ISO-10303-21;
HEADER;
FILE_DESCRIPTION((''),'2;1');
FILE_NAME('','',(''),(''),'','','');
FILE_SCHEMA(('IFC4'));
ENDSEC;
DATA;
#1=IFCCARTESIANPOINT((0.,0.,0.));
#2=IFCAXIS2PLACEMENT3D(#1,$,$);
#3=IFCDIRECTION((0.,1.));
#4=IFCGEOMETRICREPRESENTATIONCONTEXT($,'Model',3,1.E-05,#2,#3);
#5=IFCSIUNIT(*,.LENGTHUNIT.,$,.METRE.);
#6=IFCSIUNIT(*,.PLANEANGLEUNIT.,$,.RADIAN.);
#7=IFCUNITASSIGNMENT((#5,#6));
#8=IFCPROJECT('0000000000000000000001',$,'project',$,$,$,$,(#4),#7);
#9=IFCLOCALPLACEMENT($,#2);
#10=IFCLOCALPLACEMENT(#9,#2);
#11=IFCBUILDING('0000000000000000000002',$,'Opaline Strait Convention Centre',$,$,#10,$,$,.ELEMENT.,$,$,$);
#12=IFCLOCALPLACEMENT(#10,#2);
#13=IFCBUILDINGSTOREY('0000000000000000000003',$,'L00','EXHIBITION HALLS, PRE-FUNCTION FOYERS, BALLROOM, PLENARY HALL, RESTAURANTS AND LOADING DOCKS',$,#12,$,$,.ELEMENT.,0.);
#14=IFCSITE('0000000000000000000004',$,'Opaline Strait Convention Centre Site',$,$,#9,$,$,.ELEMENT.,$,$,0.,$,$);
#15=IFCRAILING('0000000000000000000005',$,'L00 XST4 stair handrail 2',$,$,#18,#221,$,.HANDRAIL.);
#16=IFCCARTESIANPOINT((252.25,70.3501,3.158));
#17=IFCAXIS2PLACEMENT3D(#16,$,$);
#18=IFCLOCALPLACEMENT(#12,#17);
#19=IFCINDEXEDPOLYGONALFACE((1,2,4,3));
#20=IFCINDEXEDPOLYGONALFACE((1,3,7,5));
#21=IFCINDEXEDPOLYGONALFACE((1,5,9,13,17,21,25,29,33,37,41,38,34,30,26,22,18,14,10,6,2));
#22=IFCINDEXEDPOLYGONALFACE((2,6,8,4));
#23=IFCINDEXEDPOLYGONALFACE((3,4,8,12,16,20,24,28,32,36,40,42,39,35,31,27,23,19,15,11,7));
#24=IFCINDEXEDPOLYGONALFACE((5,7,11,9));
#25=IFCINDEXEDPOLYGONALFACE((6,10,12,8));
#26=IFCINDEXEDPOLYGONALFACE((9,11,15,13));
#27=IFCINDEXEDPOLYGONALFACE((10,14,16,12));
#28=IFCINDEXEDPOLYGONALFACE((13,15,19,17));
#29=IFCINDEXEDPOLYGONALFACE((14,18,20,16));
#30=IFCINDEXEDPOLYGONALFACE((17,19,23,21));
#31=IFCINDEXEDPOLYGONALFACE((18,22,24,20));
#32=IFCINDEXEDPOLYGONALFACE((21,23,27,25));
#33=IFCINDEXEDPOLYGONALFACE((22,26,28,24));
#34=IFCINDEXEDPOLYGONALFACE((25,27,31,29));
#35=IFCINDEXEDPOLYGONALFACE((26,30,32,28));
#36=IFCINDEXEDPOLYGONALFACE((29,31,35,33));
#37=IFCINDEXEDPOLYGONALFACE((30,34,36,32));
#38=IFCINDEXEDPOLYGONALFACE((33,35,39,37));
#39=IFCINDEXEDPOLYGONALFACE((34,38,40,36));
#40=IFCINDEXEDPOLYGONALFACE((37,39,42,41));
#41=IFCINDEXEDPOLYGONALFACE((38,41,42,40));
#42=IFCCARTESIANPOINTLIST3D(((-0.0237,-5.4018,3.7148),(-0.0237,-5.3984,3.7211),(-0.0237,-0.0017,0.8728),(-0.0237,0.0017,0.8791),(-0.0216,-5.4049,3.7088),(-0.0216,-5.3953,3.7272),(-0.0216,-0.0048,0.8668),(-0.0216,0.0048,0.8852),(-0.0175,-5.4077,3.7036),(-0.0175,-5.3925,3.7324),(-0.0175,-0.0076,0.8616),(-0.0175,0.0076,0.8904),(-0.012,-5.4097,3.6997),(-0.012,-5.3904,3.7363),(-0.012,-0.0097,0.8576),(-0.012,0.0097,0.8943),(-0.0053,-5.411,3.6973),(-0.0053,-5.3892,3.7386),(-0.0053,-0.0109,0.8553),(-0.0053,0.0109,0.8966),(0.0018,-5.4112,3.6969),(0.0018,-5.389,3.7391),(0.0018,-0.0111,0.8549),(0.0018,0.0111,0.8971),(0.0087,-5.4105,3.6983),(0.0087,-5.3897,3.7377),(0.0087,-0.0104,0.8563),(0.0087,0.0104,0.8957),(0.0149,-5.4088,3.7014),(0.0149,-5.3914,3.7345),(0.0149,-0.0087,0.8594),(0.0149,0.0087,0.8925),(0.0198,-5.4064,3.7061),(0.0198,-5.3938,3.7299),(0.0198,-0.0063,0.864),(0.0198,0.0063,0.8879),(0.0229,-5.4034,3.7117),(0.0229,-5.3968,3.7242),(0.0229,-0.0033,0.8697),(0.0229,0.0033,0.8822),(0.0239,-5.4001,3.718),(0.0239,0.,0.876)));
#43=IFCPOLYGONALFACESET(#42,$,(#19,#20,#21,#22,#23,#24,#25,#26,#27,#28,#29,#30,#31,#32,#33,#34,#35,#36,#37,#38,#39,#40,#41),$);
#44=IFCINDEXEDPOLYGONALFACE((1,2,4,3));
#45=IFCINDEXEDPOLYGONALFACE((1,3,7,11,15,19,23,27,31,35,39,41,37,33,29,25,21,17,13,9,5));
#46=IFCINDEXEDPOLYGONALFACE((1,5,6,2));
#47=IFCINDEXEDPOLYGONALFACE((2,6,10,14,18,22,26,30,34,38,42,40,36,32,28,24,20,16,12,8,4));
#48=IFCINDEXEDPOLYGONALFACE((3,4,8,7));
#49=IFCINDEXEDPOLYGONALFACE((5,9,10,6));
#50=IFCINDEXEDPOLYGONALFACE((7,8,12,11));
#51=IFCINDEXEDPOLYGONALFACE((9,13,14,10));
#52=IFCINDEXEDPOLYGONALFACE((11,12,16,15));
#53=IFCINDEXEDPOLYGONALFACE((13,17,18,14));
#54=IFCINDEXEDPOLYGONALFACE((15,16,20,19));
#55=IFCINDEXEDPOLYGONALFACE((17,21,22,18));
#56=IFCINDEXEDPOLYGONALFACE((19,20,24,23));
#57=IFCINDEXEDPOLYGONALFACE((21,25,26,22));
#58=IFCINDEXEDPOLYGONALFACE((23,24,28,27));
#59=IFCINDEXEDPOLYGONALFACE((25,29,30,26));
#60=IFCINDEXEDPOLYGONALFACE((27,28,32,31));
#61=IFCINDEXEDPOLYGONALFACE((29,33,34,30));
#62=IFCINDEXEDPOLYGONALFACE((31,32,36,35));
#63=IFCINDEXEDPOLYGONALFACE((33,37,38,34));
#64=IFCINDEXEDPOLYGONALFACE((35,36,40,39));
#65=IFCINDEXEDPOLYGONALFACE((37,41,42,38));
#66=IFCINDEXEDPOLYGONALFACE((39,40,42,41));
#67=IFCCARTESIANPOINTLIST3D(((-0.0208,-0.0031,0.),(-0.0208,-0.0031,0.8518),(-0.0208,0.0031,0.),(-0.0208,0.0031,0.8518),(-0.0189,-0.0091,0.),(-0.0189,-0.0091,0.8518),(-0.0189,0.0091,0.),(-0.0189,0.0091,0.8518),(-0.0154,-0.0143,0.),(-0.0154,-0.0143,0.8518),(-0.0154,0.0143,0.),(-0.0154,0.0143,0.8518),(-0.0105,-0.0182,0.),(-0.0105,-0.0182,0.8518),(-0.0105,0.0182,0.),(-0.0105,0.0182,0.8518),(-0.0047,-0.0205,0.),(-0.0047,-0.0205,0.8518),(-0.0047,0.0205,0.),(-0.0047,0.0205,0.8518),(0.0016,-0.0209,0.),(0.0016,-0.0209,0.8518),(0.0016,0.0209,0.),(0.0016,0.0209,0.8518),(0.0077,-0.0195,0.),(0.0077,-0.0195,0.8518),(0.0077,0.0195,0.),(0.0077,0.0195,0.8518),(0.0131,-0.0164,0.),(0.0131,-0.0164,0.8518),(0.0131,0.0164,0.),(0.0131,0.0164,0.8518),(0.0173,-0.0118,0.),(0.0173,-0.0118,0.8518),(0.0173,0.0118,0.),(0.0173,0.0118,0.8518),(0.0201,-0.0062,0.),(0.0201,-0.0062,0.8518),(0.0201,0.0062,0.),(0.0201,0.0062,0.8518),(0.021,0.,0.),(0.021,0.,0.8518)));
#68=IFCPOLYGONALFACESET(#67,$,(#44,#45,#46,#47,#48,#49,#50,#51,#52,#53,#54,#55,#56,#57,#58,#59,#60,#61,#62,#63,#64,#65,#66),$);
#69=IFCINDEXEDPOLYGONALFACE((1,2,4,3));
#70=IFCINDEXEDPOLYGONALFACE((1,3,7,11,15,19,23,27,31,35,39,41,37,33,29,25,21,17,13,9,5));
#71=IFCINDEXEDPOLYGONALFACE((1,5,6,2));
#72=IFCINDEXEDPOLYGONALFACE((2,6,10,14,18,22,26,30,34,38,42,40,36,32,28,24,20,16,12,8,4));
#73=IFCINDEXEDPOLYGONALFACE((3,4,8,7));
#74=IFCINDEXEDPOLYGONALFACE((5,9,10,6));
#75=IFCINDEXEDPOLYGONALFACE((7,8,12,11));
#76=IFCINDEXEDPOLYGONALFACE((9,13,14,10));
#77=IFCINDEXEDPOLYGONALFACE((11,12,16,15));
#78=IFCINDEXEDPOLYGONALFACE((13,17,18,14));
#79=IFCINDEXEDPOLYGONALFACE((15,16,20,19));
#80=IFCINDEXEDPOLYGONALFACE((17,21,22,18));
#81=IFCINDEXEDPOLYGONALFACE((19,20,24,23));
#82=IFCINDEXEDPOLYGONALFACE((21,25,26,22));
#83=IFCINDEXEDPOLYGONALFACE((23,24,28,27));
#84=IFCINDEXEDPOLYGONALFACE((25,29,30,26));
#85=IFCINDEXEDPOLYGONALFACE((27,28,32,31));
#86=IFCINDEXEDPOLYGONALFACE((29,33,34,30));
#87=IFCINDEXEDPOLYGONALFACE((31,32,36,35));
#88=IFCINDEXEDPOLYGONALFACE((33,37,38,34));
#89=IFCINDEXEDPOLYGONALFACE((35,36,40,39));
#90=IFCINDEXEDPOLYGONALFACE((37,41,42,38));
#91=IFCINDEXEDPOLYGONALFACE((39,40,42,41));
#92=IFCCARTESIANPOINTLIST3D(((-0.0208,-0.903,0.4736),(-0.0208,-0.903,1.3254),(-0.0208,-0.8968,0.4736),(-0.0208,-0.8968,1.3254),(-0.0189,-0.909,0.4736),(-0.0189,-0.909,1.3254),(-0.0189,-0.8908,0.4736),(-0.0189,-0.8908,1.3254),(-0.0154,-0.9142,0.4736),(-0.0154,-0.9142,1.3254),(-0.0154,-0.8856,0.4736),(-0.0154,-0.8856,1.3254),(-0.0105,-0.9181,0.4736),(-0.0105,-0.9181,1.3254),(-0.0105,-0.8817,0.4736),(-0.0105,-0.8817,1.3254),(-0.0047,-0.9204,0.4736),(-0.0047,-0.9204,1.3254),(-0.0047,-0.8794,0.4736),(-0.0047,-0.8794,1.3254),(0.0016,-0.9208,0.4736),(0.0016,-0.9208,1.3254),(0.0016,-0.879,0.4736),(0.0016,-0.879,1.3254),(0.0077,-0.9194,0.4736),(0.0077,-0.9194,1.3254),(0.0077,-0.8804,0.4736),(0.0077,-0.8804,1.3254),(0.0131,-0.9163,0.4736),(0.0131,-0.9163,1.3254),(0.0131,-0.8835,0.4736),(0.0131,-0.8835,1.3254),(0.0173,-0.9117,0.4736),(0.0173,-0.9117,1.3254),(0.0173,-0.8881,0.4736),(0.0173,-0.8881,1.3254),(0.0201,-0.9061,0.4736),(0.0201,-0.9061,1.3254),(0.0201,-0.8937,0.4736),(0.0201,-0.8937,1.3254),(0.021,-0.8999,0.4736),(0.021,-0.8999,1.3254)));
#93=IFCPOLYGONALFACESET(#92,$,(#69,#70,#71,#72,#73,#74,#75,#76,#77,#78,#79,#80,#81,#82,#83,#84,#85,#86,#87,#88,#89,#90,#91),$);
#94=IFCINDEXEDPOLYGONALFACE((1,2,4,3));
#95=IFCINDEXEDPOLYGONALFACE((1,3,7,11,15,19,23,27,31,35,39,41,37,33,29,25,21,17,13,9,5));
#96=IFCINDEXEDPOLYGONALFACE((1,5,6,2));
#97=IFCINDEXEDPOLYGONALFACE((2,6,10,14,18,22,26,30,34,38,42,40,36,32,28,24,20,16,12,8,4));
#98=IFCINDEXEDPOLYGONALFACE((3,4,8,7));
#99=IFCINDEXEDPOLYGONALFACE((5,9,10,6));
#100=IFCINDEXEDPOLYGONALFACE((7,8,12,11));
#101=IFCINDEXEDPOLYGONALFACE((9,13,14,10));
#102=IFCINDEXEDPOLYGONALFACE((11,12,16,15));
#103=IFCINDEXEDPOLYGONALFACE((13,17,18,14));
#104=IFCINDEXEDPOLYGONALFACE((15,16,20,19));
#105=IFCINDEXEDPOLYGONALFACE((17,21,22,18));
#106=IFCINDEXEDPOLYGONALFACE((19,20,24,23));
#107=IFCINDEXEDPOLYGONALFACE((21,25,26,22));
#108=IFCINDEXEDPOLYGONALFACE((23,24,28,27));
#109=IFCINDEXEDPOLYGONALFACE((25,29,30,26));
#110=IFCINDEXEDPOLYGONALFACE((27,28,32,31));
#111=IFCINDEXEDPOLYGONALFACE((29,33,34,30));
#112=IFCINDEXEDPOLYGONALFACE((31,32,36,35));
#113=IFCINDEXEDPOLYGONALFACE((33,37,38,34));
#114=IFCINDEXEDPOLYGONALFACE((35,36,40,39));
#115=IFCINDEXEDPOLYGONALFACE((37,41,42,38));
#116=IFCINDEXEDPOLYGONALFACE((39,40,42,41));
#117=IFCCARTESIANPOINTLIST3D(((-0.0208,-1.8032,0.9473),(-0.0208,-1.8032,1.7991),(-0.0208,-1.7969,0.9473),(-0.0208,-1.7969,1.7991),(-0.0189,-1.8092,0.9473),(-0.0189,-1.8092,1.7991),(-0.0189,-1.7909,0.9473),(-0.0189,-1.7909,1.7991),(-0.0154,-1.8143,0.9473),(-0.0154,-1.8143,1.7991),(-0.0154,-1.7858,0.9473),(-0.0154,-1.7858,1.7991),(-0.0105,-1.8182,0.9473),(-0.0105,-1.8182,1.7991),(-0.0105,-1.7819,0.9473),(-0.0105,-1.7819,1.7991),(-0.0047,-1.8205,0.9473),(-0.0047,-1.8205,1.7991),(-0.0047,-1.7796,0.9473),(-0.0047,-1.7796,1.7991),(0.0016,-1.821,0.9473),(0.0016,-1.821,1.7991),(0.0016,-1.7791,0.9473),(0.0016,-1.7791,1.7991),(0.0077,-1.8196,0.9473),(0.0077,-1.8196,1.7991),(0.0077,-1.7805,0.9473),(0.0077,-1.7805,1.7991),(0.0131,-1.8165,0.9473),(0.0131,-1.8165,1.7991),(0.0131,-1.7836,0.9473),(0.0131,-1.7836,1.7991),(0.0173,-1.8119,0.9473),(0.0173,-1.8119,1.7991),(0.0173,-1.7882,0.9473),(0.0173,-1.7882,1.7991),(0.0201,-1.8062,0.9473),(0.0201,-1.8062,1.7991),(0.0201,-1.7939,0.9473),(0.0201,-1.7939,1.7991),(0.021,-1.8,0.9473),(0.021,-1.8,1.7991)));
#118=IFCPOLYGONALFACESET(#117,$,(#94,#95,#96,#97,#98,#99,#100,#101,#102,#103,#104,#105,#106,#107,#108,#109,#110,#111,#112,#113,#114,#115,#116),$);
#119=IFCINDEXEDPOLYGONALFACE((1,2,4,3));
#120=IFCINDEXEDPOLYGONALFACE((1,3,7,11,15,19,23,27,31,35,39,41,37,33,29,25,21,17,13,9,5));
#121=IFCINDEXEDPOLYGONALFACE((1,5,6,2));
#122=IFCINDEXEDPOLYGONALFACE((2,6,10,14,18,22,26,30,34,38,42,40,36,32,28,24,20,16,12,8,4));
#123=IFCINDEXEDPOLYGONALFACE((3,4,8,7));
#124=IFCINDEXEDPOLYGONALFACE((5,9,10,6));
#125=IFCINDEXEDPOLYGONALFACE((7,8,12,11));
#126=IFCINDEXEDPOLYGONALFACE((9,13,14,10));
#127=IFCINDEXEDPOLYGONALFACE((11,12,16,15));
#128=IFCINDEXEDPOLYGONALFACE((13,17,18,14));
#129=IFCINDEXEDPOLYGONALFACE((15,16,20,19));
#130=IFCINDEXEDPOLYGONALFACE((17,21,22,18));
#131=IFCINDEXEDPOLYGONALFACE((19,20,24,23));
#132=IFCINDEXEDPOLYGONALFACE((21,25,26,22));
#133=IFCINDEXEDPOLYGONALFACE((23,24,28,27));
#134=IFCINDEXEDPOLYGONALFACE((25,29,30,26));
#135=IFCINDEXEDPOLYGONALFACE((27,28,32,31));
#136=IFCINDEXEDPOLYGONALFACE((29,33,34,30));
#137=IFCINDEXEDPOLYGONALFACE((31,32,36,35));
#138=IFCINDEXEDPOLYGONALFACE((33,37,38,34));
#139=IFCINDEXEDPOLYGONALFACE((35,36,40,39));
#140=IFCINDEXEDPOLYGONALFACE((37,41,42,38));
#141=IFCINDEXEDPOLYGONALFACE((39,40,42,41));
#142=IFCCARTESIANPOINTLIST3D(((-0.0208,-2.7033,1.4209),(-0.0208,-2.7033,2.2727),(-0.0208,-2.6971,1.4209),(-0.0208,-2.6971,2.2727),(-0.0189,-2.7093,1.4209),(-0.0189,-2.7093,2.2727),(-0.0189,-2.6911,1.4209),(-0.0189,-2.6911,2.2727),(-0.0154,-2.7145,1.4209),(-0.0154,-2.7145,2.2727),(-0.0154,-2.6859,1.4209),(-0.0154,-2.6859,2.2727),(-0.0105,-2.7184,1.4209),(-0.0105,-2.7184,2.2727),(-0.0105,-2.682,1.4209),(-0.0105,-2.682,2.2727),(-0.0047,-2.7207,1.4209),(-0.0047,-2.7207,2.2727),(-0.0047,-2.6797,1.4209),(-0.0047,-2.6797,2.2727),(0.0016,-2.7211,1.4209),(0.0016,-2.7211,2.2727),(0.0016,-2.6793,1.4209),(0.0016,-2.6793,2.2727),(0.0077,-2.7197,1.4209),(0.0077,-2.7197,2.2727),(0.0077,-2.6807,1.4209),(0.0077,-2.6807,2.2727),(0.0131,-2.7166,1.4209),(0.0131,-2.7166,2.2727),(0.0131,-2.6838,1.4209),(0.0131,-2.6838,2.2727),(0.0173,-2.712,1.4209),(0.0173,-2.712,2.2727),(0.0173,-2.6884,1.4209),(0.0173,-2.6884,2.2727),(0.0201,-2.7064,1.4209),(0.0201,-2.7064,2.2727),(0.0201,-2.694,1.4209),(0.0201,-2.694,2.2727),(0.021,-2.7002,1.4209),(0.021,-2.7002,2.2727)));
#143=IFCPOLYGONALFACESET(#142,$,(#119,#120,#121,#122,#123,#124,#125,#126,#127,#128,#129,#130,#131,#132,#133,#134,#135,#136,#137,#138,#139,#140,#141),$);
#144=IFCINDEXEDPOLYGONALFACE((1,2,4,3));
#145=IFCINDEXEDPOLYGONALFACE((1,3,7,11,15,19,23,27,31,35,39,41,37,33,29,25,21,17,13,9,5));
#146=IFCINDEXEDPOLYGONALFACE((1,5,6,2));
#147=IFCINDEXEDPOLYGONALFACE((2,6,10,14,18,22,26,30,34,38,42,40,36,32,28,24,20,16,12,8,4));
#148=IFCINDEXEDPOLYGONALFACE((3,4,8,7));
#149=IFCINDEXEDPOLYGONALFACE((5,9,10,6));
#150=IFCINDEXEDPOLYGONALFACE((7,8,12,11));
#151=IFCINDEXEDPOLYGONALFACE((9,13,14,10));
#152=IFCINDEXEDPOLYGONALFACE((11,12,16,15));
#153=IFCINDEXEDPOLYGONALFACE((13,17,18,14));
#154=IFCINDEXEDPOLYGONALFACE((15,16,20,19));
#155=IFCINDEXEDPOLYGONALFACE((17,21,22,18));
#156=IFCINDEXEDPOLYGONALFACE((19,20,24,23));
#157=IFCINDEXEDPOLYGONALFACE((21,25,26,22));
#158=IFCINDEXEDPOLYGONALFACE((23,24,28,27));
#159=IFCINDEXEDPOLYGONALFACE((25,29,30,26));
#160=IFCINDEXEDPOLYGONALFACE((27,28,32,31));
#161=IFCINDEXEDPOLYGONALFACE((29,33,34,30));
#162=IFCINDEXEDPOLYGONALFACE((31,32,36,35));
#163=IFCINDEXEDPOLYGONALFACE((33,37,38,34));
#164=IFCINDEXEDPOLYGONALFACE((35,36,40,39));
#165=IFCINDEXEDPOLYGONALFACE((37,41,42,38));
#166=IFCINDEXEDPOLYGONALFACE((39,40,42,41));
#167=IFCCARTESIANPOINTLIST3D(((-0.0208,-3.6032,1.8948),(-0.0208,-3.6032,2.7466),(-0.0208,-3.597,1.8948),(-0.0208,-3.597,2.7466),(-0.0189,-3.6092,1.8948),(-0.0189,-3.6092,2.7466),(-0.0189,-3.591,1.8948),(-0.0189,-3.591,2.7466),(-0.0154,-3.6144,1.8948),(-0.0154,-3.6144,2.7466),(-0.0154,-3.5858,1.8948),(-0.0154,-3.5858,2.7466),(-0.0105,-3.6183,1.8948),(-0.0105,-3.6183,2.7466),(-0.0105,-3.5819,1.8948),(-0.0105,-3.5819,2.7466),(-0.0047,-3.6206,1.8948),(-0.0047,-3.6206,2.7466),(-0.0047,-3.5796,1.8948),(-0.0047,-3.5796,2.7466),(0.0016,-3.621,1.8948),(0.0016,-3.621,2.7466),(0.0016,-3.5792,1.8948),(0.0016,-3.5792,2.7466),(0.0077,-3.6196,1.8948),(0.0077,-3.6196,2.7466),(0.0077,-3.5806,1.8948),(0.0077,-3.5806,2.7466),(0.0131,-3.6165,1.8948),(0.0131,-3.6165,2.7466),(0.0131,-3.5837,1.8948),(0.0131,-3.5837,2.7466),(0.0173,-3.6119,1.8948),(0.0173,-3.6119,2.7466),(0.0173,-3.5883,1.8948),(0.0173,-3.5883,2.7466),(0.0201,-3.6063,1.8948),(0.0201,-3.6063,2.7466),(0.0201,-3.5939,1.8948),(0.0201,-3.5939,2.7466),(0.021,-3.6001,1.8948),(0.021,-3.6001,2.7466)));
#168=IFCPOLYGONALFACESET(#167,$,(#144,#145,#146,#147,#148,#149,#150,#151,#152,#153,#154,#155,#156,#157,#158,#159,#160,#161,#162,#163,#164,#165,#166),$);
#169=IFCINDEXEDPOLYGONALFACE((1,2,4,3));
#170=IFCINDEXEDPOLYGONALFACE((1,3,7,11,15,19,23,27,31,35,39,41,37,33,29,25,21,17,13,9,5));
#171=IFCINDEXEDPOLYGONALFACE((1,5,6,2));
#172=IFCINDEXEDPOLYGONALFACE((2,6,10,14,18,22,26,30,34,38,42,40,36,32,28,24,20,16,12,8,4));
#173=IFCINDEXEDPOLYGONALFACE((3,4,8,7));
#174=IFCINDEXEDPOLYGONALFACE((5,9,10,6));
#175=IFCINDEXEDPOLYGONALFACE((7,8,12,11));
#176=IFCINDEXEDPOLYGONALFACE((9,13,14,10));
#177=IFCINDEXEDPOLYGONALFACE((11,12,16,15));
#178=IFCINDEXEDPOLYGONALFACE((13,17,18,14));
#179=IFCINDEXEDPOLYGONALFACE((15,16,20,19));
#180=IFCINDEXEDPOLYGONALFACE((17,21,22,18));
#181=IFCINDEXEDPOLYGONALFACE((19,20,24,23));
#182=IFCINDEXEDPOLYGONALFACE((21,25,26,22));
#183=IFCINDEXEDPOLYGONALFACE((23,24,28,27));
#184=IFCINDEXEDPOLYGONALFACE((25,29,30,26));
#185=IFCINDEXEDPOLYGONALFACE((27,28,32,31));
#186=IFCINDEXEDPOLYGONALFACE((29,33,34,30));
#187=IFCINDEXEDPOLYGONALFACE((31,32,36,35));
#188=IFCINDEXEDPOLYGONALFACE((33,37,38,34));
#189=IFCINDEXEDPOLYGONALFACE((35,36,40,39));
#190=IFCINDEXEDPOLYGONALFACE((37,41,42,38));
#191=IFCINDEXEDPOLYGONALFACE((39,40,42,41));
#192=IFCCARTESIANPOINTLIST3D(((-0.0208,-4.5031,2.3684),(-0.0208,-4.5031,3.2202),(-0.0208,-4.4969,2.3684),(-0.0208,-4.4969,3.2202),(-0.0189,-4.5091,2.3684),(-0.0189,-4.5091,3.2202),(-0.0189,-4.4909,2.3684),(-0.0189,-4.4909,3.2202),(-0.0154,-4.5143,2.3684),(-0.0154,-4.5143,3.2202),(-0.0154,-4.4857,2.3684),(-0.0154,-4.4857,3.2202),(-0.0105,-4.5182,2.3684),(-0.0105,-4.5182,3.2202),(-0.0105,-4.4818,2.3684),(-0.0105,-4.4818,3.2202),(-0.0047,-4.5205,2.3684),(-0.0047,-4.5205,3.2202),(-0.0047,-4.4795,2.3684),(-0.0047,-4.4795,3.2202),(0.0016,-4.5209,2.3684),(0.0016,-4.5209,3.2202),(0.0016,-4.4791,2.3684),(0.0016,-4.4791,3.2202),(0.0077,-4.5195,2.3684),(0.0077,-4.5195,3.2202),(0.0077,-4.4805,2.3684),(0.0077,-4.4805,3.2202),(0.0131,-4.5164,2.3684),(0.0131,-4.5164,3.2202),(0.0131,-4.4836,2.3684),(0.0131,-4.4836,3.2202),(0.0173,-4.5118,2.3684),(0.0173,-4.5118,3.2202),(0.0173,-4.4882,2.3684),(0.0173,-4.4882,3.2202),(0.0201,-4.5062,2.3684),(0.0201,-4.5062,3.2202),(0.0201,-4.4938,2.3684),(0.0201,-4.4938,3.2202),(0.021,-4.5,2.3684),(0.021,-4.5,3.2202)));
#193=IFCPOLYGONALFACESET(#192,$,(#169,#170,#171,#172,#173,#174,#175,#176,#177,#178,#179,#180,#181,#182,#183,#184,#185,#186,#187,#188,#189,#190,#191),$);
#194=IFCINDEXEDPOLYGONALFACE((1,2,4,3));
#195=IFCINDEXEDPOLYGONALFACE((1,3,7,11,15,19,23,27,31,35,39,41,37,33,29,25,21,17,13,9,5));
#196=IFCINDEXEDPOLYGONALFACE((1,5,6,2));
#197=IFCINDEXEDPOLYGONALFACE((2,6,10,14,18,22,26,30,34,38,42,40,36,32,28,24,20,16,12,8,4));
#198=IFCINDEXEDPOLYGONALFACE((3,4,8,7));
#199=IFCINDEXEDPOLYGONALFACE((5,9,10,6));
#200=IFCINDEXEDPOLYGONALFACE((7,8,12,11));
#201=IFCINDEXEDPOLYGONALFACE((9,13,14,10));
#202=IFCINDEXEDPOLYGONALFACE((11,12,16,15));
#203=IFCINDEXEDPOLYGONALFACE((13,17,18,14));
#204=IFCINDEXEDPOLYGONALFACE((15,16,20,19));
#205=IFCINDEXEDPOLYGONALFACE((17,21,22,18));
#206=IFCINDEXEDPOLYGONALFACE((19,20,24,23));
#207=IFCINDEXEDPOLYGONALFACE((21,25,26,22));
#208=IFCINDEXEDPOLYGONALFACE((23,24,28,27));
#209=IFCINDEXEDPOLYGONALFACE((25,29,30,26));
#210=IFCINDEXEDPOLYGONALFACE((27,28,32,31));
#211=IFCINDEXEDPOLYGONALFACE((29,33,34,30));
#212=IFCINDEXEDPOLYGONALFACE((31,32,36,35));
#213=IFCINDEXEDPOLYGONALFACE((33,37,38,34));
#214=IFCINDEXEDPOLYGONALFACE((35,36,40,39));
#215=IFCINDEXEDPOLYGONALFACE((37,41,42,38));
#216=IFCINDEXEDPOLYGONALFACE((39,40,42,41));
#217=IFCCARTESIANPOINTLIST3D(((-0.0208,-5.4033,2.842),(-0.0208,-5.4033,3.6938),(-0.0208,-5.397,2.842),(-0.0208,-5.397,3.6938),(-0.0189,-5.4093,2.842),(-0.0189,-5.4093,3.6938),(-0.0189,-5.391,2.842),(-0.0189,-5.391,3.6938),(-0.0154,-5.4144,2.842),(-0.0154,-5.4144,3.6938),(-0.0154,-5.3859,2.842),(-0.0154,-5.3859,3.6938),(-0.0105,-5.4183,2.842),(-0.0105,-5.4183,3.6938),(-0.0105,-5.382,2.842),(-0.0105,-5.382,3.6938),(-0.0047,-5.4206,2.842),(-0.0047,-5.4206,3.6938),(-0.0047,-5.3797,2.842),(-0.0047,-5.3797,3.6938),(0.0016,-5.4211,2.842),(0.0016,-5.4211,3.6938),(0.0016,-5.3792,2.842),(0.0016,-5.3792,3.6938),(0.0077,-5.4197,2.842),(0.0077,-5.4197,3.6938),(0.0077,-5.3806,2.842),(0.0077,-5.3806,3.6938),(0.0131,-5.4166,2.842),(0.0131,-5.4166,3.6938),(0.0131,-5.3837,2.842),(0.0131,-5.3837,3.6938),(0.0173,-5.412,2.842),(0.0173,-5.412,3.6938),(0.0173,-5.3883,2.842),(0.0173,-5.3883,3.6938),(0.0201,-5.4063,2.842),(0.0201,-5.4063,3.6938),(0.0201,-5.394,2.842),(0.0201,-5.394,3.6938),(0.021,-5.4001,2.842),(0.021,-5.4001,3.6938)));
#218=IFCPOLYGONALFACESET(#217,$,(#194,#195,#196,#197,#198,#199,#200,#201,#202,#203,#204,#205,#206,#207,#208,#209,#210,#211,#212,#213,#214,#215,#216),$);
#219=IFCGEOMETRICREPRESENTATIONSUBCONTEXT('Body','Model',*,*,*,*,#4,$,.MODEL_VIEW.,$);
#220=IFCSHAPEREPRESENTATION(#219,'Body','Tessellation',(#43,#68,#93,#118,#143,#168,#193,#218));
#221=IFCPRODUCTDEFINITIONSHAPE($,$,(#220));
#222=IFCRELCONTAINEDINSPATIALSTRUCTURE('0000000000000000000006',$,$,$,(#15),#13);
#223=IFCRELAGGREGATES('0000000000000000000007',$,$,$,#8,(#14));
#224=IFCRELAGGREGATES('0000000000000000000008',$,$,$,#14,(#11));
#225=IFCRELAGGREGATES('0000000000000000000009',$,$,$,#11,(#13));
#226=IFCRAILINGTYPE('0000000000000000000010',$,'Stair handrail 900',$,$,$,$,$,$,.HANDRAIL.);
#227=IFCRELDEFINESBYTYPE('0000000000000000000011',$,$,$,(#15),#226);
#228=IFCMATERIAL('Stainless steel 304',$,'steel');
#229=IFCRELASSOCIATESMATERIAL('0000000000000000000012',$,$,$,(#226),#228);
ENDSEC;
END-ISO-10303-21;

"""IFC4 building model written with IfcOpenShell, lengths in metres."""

from ifc_helpers import new_model, si_unit, direction, frame, origin, origin_2d, place, context, subcontext, project, spatial, circle, extrude, material, type_object, element, save


model = new_model("IFC4")

# Units and contexts
model_context = context("Model", 3, precision=1e-05, world=origin(), true_north=direction((0.0, 1.0)))
body_context = subcontext(model_context, "Body", "Model", "MODEL_VIEW")
ifc_project = project(units=[si_unit("LENGTHUNIT", "METRE"), si_unit("PLANEANGLEUNIT", "RADIAN")], contexts=[model_context])

# Site, building, storey
site_placement = place(None, origin())
site = spatial("IfcSite", under=ifc_project, at=site_placement, Name="Opaline Strait Convention Centre Site", CompositionType="ELEMENT", RefElevation=0.0)
building_placement = place(site_placement, origin())
building = spatial("IfcBuilding", under=site, at=building_placement, Name="Opaline Strait Convention Centre", CompositionType="ELEMENT")
storey_placement = place(building_placement, origin())
storey = spatial("IfcBuildingStorey", under=building, at=storey_placement, Name="L00", Description="EXHIBITION HALLS, PRE-FUNCTION FOYERS, BALLROOM, PLENARY HALL, RESTAURANTS AND LOADING DOCKS", CompositionType="ELEMENT", Elevation=0.0)

# Railing
ifc_material_1 = material(Name="Stainless steel 304", Category="steel")
railing_type_1 = type_object("IfcRailingType", Name="Stair handrail 900", PredefinedType="HANDRAIL", material=ifc_material_1)
railing_1_placement = place(storey_placement, frame((252.25, 70.3501, 3.158)))
element("IfcRailing", 1, at=railing_1_placement, inside=storey, type_object=railing_type_1, Name="L00 XST4 stair handrail 2", PredefinedType="HANDRAIL", context=body_context, shape_type="SweptSolid", body=[
    extrude(circle(Radius=0.0239, at=origin_2d()), frame((0.0, 0.0, 0.876), z_axis=(0.0, -0.884928, 0.465728), x_axis=(1.0, 0.0, 0.0)), (0.0, 0.0, 1.0), 6.1023),
    extrude(circle(Radius=0.021, at=origin_2d()), origin(), (0.0, 0.0, 1.0), 0.8518),
    extrude(circle(Radius=0.021, at=origin_2d()), frame((0.0, -0.8999, 0.4736)), (0.0, 0.0, 1.0), 0.8518),
    extrude(circle(Radius=0.021, at=origin_2d()), frame((0.0, -1.8, 0.9473)), (0.0, 0.0, 1.0), 0.8518),
    extrude(circle(Radius=0.021, at=origin_2d()), frame((0.0, -2.7002, 1.4209)), (0.0, 0.0, 1.0), 0.8518),
    extrude(circle(Radius=0.021, at=origin_2d()), frame((0.0, -3.6001, 1.8948)), (0.0, 0.0, 1.0), 0.8518),
    extrude(circle(Radius=0.021, at=origin_2d()), frame((0.0, -4.5, 2.3684)), (0.0, 0.0, 1.0), 0.8518),
    extrude(circle(Radius=0.021, at=origin_2d()), frame((0.0, -5.4001, 2.842)), (0.0, 0.0, 1.0), 0.8518),
])

save(model, "model.ifc")
